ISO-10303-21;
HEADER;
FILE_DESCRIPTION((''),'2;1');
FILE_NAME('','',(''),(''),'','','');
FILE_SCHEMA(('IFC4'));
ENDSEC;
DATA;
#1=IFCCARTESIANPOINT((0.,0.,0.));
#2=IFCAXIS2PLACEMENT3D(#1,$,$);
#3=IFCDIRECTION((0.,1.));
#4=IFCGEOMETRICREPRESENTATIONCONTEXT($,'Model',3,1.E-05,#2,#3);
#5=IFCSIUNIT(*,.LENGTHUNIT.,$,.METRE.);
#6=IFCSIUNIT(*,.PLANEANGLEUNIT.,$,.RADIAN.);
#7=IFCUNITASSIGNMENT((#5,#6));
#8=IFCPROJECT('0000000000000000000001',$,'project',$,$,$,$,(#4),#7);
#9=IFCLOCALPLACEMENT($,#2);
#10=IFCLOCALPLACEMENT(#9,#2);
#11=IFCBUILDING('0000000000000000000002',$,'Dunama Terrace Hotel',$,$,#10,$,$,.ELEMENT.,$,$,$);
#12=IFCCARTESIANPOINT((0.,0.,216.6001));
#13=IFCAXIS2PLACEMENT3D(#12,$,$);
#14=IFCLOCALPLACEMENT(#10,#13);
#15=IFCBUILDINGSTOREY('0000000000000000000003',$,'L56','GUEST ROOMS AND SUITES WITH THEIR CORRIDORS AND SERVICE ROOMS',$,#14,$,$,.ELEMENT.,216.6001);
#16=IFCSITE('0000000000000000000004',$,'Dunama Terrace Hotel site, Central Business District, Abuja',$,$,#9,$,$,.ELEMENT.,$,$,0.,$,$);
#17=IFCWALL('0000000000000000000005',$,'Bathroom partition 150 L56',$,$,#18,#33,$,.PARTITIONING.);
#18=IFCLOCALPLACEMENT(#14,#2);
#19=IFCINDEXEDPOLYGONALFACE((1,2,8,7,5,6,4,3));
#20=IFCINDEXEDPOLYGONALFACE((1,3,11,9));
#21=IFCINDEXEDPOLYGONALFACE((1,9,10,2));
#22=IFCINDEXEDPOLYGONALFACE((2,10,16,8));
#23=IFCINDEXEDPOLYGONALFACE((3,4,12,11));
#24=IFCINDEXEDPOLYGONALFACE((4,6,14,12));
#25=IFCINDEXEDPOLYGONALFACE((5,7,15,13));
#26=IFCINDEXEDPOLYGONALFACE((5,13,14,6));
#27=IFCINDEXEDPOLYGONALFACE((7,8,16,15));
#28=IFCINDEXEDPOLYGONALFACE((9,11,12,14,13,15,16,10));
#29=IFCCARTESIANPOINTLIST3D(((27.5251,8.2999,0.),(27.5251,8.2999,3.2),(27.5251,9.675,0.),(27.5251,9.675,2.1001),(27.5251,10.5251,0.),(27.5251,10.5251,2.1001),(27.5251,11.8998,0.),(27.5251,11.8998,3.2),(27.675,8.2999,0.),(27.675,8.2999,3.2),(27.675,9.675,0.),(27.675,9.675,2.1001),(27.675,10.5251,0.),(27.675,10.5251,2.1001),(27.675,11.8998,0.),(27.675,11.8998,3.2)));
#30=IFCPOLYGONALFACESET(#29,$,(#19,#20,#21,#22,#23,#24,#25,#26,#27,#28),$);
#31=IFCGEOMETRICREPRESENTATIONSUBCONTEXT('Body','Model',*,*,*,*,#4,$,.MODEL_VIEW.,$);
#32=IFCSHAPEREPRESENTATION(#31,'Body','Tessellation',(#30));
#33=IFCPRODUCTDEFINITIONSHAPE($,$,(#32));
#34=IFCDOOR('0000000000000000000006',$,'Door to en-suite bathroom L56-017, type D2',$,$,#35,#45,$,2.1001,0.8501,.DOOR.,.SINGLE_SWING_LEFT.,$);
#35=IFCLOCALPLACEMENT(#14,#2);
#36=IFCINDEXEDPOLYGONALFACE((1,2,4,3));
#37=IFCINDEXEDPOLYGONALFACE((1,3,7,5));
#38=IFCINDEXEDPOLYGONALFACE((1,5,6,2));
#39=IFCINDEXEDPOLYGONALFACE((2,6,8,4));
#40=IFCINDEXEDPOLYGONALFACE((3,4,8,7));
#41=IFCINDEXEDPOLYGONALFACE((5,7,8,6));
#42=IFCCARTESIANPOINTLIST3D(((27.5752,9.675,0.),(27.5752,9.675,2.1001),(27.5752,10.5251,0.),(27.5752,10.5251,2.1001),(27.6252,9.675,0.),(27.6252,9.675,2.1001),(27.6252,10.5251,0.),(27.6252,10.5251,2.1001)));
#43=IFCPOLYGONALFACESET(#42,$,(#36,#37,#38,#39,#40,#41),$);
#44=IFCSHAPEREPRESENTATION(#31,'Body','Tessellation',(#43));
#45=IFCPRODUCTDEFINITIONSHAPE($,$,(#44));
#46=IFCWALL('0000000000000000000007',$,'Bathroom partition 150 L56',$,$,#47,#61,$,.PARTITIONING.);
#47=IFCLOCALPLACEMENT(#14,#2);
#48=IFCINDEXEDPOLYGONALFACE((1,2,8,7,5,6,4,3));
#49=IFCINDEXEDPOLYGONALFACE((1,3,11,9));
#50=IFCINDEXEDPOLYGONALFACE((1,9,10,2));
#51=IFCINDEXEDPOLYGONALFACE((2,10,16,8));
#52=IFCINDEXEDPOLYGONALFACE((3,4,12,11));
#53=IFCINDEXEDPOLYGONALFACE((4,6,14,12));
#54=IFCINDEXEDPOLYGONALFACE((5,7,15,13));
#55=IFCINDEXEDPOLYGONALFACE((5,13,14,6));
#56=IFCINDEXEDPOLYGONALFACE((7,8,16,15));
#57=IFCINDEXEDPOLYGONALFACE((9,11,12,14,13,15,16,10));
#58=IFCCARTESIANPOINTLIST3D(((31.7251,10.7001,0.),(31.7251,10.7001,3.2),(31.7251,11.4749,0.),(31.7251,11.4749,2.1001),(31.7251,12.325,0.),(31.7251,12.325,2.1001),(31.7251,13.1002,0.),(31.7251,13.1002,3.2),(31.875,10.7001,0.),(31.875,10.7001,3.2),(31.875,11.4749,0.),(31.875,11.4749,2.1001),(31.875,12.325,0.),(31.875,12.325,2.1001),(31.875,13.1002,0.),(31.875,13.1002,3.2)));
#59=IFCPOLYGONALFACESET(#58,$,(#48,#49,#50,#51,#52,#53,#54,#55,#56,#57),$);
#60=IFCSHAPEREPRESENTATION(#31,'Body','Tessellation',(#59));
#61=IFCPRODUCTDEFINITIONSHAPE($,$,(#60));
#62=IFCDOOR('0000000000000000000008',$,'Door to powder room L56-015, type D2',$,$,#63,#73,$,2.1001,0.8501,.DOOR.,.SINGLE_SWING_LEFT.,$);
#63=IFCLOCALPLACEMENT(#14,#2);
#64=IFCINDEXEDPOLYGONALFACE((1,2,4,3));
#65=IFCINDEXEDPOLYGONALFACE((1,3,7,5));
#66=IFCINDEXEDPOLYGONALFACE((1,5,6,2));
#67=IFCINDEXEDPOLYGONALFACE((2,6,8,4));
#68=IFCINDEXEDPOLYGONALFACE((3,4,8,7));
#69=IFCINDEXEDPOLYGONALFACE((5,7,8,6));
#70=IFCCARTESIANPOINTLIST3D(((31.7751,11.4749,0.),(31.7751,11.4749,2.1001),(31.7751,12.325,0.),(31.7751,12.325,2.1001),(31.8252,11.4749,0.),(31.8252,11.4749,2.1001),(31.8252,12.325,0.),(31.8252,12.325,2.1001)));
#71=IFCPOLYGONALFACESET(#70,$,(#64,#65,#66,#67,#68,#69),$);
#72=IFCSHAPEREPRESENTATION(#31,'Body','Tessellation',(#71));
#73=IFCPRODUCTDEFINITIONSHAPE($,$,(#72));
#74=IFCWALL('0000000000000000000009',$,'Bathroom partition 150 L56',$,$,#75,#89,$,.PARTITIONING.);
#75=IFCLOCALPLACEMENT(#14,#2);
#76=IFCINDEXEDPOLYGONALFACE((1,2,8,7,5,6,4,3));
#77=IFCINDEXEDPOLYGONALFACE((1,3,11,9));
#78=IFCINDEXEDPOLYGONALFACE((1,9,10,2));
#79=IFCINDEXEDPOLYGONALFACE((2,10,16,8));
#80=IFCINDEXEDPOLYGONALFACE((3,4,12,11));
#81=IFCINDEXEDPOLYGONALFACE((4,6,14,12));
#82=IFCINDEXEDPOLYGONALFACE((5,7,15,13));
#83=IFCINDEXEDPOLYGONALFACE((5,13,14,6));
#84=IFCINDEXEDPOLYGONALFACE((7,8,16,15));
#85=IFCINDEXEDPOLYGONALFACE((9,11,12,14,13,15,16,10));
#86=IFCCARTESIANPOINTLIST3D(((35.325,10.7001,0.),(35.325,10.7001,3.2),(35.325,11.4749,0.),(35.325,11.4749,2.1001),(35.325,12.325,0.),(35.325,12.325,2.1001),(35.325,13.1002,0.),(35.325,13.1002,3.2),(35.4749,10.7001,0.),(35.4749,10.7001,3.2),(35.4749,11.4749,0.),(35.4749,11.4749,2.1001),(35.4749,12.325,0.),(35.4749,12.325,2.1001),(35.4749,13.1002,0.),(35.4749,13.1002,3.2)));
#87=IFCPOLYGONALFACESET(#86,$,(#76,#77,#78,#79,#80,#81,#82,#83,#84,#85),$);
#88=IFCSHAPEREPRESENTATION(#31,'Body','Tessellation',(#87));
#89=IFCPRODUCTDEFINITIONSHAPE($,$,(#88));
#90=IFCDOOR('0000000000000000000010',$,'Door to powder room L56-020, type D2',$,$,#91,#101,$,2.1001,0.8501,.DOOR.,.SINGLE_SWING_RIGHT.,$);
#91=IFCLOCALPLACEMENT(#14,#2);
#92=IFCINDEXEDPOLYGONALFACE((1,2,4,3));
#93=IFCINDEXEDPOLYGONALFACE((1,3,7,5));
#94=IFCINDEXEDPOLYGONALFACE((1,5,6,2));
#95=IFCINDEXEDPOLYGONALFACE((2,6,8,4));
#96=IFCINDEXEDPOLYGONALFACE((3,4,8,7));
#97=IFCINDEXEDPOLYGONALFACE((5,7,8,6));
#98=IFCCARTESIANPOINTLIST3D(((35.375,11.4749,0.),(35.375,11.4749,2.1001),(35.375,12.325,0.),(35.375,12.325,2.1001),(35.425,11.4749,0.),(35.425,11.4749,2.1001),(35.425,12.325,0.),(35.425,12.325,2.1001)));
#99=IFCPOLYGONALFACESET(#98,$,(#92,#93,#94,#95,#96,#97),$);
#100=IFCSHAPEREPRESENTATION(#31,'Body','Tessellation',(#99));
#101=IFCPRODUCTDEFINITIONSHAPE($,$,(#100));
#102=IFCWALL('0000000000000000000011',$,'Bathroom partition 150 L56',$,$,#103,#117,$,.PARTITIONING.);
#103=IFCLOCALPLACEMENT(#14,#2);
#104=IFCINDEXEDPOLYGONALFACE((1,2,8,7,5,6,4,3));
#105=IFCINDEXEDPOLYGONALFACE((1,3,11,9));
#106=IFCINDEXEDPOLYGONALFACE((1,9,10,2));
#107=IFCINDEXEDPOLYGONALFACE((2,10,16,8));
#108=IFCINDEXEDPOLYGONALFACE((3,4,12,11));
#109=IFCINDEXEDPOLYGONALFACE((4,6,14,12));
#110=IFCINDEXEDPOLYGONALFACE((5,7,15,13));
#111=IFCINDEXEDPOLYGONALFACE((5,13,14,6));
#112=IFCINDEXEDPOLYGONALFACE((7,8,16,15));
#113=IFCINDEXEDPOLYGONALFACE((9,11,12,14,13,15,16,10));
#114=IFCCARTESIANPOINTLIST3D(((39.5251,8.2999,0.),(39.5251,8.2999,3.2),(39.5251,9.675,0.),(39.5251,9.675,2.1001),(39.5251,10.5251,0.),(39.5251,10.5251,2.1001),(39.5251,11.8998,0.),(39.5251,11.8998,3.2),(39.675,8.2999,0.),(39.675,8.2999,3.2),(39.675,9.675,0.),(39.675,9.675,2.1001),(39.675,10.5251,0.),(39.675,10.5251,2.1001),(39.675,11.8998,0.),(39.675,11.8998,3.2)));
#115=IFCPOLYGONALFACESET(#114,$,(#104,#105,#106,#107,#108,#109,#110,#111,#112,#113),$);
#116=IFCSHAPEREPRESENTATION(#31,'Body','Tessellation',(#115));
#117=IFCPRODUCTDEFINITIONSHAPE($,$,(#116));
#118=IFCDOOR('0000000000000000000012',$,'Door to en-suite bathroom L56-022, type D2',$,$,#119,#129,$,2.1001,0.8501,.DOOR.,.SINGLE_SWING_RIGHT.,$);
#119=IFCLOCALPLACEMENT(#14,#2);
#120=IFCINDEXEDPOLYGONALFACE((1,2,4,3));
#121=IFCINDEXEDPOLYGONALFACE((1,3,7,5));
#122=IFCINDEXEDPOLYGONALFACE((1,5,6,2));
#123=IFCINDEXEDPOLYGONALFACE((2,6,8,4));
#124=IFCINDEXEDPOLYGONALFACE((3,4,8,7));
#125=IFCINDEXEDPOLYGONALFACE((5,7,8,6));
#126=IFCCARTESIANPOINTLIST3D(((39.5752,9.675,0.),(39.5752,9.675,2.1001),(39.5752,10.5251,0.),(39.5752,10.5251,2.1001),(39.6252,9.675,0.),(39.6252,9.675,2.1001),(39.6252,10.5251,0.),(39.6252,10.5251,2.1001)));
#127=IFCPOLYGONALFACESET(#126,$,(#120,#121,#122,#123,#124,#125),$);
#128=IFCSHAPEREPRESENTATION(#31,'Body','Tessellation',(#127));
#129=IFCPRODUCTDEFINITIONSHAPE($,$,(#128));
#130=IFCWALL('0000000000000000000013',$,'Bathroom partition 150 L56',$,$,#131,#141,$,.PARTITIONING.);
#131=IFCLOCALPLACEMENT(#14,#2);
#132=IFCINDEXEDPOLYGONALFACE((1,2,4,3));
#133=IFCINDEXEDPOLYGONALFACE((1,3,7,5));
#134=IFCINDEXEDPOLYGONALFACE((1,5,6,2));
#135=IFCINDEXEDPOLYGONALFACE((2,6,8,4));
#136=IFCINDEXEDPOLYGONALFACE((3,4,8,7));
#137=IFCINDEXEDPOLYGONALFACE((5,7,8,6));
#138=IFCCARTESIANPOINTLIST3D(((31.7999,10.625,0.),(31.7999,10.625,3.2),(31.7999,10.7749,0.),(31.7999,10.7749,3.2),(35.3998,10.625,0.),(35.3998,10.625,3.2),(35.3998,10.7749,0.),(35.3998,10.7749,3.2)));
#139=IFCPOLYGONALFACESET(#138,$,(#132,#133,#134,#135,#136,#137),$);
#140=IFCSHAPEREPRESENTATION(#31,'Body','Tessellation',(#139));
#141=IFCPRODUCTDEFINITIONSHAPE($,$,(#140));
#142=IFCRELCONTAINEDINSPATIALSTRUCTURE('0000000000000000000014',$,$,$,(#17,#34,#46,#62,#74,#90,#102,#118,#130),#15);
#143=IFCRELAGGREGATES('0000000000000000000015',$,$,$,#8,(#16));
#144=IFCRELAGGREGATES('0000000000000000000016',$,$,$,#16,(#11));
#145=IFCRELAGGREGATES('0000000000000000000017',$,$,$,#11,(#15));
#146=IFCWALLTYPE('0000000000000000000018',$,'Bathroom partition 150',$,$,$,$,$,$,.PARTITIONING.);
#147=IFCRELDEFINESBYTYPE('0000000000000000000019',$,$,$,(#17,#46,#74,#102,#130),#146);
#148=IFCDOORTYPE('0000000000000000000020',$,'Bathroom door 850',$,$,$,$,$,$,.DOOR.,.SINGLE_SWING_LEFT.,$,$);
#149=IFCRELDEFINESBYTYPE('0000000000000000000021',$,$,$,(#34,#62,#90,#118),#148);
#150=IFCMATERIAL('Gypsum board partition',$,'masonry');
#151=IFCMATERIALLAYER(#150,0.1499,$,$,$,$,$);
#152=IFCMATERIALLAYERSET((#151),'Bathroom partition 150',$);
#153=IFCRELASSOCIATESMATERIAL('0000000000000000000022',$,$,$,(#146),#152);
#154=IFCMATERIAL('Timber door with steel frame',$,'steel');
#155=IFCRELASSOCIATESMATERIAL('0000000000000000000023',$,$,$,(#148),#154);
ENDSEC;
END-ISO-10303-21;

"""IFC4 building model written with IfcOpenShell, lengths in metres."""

from ifc_helpers import new_model, si_unit, direction, frame, frame_2d, origin, place, context, subcontext, project, spatial, rectangle, extrude, material, layer, layer_set, type_object, element, fill, save


model = new_model("IFC4")

# Units and contexts
model_context = context("Model", 3, precision=1e-05, world=origin(), true_north=direction((0.0, 1.0)))
body_context = subcontext(model_context, "Body", "Model", "MODEL_VIEW")
ifc_project = project(units=[si_unit("LENGTHUNIT", "METRE"), si_unit("PLANEANGLEUNIT", "RADIAN")], contexts=[model_context])

# Site, building, storey
site_placement = place(None, origin())
site = spatial("IfcSite", under=ifc_project, at=site_placement, Name="Dunama Terrace Hotel site, Central Business District, Abuja", CompositionType="ELEMENT", RefElevation=0.0)
building_placement = place(site_placement, origin())
building = spatial("IfcBuilding", under=site, at=building_placement, Name="Dunama Terrace Hotel", CompositionType="ELEMENT")
storey_placement = place(building_placement, frame((0.0, 0.0, 216.6001)))
storey = spatial("IfcBuildingStorey", under=building, at=storey_placement, Name="L56", Description="GUEST ROOMS AND SUITES WITH THEIR CORRIDORS AND SERVICE ROOMS", CompositionType="ELEMENT", Elevation=216.6001)

# Walls, openings, doors
ifc_material_1 = material(Name="Gypsum board partition", Category="masonry")
ifc_layer_1 = layer(ifc_material_1, 0.1499)
ifc_layer_set_1 = layer_set([ifc_layer_1], Name="Bathroom partition 150")
wall_type_1 = type_object("IfcWallType", Name="Bathroom partition 150", PredefinedType="PARTITIONING", material=ifc_layer_set_1)
wall_1_placement = place(storey_placement, frame((27.6001, 8.3, 0.0), z_axis=(0.0, 0.0, 1.0), x_axis=(0.0, 1.0, 0.0)))
wall_1 = element("IfcWall", 1, at=wall_1_placement, inside=storey, type_object=wall_type_1, Name="Bathroom partition 150 L56", PredefinedType="PARTITIONING", context=body_context, shape_type="SweptSolid", body=[
    extrude(rectangle(XDim=3.5999, YDim=0.1499, at=frame_2d((1.7998, 0.0))), origin(), (0.0, 0.0, 1.0), 3.2),
])
opening_1_placement = place(wall_1_placement, frame((1.375, 0.0, 0.0)))
opening_1 = element("IfcOpeningElement", 2, at=opening_1_placement, cuts=wall_1, PredefinedType="OPENING", context=body_context, shape_type="SweptSolid", body=[
    extrude(rectangle(XDim=0.8501, YDim=2.1001, at=frame_2d((0.425, 1.05))), frame((0.0, 0.085, 0.0), z_axis=(0.0, -1.0, 0.0), x_axis=(1.0, 0.0, 0.0)), (0.0, 0.0, 1.0), 0.1699),
])
ifc_material_2 = material(Name="Timber door with steel frame", Category="steel")
door_type_1 = type_object("IfcDoorType", Name="Bathroom door 850", OperationType="SINGLE_SWING_LEFT", PredefinedType="DOOR", material=ifc_material_2)
door_1_placement = place(opening_1_placement, origin())
door_1 = element("IfcDoor", 3, at=door_1_placement, inside=storey, type_object=door_type_1, Name="Door to en-suite bathroom L56-017, type D2", OperationType="SINGLE_SWING_LEFT", OverallHeight=2.1001, OverallWidth=0.8501, PredefinedType="DOOR", context=body_context, shape_type="SweptSolid", body=[
    extrude(rectangle(XDim=0.8501, YDim=2.1001, at=frame_2d((0.425, 1.05))), frame((0.0, 0.0249, 0.0), z_axis=(0.0, -1.0, 0.0), x_axis=(1.0, 0.0, 0.0)), (0.0, 0.0, 1.0), 0.05),
])
fill(opening_1, door_1)
wall_2_placement = place(storey_placement, frame((31.8, 10.7, 0.0), z_axis=(0.0, 0.0, 1.0), x_axis=(0.0, 1.0, 0.0)))
wall_2 = element("IfcWall", 4, at=wall_2_placement, inside=storey, type_object=wall_type_1, Name="Bathroom partition 150 L56", PredefinedType="PARTITIONING", context=body_context, shape_type="SweptSolid", body=[
    extrude(rectangle(XDim=2.4001, YDim=0.1499, at=frame_2d((1.2002, 0.0))), origin(), (0.0, 0.0, 1.0), 3.2),
])
opening_2_placement = place(wall_2_placement, frame((0.7749, 0.0, 0.0)))
opening_2 = element("IfcOpeningElement", 5, at=opening_2_placement, cuts=wall_2, PredefinedType="OPENING", context=body_context, shape_type="SweptSolid", body=[
    extrude(rectangle(XDim=0.8501, YDim=2.1001, at=frame_2d((0.425, 1.05))), frame((0.0, 0.085, 0.0), z_axis=(0.0, -1.0, 0.0), x_axis=(1.0, 0.0, 0.0)), (0.0, 0.0, 1.0), 0.1699),
])
door_2_placement = place(opening_2_placement, frame((0.8501, 0.0, 0.0), z_axis=(0.0, 0.0, 1.0), x_axis=(-1.0, 0.0, 0.0)))
door_2 = element("IfcDoor", 6, at=door_2_placement, inside=storey, type_object=door_type_1, Name="Door to powder room L56-015, type D2", OperationType="SINGLE_SWING_LEFT", OverallHeight=2.1001, OverallWidth=0.8501, PredefinedType="DOOR", context=body_context, shape_type="SweptSolid", body=[
    extrude(rectangle(XDim=0.8501, YDim=2.1001, at=frame_2d((0.425, 1.05))), frame((0.0, 0.0251, 0.0), z_axis=(0.0, -1.0, 0.0), x_axis=(1.0, 0.0, 0.0)), (0.0, 0.0, 1.0), 0.05),
])
fill(opening_2, door_2)
wall_3_placement = place(storey_placement, frame((35.3999, 10.7, 0.0), z_axis=(0.0, 0.0, 1.0), x_axis=(0.0, 1.0, 0.0)))
wall_3 = element("IfcWall", 7, at=wall_3_placement, inside=storey, type_object=wall_type_1, Name="Bathroom partition 150 L56", PredefinedType="PARTITIONING", context=body_context, shape_type="SweptSolid", body=[
    extrude(rectangle(XDim=2.4001, YDim=0.1499, at=frame_2d((1.2002, 0.0))), origin(), (0.0, 0.0, 1.0), 3.2),
])
opening_3_placement = place(wall_3_placement, frame((0.7749, 0.0, 0.0)))
opening_3 = element("IfcOpeningElement", 8, at=opening_3_placement, cuts=wall_3, PredefinedType="OPENING", context=body_context, shape_type="SweptSolid", body=[
    extrude(rectangle(XDim=0.8501, YDim=2.1001, at=frame_2d((0.425, 1.05))), frame((0.0, 0.085, 0.0), z_axis=(0.0, -1.0, 0.0), x_axis=(1.0, 0.0, 0.0)), (0.0, 0.0, 1.0), 0.1699),
])
door_3_placement = place(opening_3_placement, origin())
door_3 = element("IfcDoor", 9, at=door_3_placement, inside=storey, type_object=door_type_1, Name="Door to powder room L56-020, type D2", OperationType="SINGLE_SWING_RIGHT", OverallHeight=2.1001, OverallWidth=0.8501, PredefinedType="DOOR", context=body_context, shape_type="SweptSolid", body=[
    extrude(rectangle(XDim=0.8501, YDim=2.1001, at=frame_2d((0.425, 1.05))), frame((0.0, 0.0249, 0.0), z_axis=(0.0, -1.0, 0.0), x_axis=(1.0, 0.0, 0.0)), (0.0, 0.0, 1.0), 0.05),
])
fill(opening_3, door_3)
wall_4_placement = place(storey_placement, frame((39.6001, 8.3, 0.0), z_axis=(0.0, 0.0, 1.0), x_axis=(0.0, 1.0, 0.0)))
wall_4 = element("IfcWall", 10, at=wall_4_placement, inside=storey, type_object=wall_type_1, Name="Bathroom partition 150 L56", PredefinedType="PARTITIONING", context=body_context, shape_type="SweptSolid", body=[
    extrude(rectangle(XDim=3.5999, YDim=0.1499, at=frame_2d((1.7998, 0.0))), origin(), (0.0, 0.0, 1.0), 3.2),
])
opening_4_placement = place(wall_4_placement, frame((1.375, 0.0, 0.0)))
opening_4 = element("IfcOpeningElement", 11, at=opening_4_placement, cuts=wall_4, PredefinedType="OPENING", context=body_context, shape_type="SweptSolid", body=[
    extrude(rectangle(XDim=0.8501, YDim=2.1001, at=frame_2d((0.425, 1.05))), frame((0.0, 0.085, 0.0), z_axis=(0.0, -1.0, 0.0), x_axis=(1.0, 0.0, 0.0)), (0.0, 0.0, 1.0), 0.1699),
])
door_4_placement = place(opening_4_placement, frame((0.8501, 0.0, 0.0), z_axis=(0.0, 0.0, 1.0), x_axis=(-1.0, 0.0, 0.0)))
door_4 = element("IfcDoor", 12, at=door_4_placement, inside=storey, type_object=door_type_1, Name="Door to en-suite bathroom L56-022, type D2", OperationType="SINGLE_SWING_RIGHT", OverallHeight=2.1001, OverallWidth=0.8501, PredefinedType="DOOR", context=body_context, shape_type="SweptSolid", body=[
    extrude(rectangle(XDim=0.8501, YDim=2.1001, at=frame_2d((0.425, 1.05))), frame((0.0, 0.0251, 0.0), z_axis=(0.0, -1.0, 0.0), x_axis=(1.0, 0.0, 0.0)), (0.0, 0.0, 1.0), 0.05),
])
fill(opening_4, door_4)

# Wall
wall_5_placement = place(storey_placement, frame((31.8, 10.7, 0.0), z_axis=(0.0, 0.0, 1.0), x_axis=(1.0, 0.0, 0.0)))
element("IfcWall", 13, at=wall_5_placement, inside=storey, type_object=wall_type_1, Name="Bathroom partition 150 L56", PredefinedType="PARTITIONING", context=body_context, shape_type="SweptSolid", body=[
    extrude(rectangle(XDim=3.5999, YDim=0.1499, at=frame_2d((1.7998, 0.0))), origin(), (0.0, 0.0, 1.0), 3.2),
])

save(model, "model.ifc")
